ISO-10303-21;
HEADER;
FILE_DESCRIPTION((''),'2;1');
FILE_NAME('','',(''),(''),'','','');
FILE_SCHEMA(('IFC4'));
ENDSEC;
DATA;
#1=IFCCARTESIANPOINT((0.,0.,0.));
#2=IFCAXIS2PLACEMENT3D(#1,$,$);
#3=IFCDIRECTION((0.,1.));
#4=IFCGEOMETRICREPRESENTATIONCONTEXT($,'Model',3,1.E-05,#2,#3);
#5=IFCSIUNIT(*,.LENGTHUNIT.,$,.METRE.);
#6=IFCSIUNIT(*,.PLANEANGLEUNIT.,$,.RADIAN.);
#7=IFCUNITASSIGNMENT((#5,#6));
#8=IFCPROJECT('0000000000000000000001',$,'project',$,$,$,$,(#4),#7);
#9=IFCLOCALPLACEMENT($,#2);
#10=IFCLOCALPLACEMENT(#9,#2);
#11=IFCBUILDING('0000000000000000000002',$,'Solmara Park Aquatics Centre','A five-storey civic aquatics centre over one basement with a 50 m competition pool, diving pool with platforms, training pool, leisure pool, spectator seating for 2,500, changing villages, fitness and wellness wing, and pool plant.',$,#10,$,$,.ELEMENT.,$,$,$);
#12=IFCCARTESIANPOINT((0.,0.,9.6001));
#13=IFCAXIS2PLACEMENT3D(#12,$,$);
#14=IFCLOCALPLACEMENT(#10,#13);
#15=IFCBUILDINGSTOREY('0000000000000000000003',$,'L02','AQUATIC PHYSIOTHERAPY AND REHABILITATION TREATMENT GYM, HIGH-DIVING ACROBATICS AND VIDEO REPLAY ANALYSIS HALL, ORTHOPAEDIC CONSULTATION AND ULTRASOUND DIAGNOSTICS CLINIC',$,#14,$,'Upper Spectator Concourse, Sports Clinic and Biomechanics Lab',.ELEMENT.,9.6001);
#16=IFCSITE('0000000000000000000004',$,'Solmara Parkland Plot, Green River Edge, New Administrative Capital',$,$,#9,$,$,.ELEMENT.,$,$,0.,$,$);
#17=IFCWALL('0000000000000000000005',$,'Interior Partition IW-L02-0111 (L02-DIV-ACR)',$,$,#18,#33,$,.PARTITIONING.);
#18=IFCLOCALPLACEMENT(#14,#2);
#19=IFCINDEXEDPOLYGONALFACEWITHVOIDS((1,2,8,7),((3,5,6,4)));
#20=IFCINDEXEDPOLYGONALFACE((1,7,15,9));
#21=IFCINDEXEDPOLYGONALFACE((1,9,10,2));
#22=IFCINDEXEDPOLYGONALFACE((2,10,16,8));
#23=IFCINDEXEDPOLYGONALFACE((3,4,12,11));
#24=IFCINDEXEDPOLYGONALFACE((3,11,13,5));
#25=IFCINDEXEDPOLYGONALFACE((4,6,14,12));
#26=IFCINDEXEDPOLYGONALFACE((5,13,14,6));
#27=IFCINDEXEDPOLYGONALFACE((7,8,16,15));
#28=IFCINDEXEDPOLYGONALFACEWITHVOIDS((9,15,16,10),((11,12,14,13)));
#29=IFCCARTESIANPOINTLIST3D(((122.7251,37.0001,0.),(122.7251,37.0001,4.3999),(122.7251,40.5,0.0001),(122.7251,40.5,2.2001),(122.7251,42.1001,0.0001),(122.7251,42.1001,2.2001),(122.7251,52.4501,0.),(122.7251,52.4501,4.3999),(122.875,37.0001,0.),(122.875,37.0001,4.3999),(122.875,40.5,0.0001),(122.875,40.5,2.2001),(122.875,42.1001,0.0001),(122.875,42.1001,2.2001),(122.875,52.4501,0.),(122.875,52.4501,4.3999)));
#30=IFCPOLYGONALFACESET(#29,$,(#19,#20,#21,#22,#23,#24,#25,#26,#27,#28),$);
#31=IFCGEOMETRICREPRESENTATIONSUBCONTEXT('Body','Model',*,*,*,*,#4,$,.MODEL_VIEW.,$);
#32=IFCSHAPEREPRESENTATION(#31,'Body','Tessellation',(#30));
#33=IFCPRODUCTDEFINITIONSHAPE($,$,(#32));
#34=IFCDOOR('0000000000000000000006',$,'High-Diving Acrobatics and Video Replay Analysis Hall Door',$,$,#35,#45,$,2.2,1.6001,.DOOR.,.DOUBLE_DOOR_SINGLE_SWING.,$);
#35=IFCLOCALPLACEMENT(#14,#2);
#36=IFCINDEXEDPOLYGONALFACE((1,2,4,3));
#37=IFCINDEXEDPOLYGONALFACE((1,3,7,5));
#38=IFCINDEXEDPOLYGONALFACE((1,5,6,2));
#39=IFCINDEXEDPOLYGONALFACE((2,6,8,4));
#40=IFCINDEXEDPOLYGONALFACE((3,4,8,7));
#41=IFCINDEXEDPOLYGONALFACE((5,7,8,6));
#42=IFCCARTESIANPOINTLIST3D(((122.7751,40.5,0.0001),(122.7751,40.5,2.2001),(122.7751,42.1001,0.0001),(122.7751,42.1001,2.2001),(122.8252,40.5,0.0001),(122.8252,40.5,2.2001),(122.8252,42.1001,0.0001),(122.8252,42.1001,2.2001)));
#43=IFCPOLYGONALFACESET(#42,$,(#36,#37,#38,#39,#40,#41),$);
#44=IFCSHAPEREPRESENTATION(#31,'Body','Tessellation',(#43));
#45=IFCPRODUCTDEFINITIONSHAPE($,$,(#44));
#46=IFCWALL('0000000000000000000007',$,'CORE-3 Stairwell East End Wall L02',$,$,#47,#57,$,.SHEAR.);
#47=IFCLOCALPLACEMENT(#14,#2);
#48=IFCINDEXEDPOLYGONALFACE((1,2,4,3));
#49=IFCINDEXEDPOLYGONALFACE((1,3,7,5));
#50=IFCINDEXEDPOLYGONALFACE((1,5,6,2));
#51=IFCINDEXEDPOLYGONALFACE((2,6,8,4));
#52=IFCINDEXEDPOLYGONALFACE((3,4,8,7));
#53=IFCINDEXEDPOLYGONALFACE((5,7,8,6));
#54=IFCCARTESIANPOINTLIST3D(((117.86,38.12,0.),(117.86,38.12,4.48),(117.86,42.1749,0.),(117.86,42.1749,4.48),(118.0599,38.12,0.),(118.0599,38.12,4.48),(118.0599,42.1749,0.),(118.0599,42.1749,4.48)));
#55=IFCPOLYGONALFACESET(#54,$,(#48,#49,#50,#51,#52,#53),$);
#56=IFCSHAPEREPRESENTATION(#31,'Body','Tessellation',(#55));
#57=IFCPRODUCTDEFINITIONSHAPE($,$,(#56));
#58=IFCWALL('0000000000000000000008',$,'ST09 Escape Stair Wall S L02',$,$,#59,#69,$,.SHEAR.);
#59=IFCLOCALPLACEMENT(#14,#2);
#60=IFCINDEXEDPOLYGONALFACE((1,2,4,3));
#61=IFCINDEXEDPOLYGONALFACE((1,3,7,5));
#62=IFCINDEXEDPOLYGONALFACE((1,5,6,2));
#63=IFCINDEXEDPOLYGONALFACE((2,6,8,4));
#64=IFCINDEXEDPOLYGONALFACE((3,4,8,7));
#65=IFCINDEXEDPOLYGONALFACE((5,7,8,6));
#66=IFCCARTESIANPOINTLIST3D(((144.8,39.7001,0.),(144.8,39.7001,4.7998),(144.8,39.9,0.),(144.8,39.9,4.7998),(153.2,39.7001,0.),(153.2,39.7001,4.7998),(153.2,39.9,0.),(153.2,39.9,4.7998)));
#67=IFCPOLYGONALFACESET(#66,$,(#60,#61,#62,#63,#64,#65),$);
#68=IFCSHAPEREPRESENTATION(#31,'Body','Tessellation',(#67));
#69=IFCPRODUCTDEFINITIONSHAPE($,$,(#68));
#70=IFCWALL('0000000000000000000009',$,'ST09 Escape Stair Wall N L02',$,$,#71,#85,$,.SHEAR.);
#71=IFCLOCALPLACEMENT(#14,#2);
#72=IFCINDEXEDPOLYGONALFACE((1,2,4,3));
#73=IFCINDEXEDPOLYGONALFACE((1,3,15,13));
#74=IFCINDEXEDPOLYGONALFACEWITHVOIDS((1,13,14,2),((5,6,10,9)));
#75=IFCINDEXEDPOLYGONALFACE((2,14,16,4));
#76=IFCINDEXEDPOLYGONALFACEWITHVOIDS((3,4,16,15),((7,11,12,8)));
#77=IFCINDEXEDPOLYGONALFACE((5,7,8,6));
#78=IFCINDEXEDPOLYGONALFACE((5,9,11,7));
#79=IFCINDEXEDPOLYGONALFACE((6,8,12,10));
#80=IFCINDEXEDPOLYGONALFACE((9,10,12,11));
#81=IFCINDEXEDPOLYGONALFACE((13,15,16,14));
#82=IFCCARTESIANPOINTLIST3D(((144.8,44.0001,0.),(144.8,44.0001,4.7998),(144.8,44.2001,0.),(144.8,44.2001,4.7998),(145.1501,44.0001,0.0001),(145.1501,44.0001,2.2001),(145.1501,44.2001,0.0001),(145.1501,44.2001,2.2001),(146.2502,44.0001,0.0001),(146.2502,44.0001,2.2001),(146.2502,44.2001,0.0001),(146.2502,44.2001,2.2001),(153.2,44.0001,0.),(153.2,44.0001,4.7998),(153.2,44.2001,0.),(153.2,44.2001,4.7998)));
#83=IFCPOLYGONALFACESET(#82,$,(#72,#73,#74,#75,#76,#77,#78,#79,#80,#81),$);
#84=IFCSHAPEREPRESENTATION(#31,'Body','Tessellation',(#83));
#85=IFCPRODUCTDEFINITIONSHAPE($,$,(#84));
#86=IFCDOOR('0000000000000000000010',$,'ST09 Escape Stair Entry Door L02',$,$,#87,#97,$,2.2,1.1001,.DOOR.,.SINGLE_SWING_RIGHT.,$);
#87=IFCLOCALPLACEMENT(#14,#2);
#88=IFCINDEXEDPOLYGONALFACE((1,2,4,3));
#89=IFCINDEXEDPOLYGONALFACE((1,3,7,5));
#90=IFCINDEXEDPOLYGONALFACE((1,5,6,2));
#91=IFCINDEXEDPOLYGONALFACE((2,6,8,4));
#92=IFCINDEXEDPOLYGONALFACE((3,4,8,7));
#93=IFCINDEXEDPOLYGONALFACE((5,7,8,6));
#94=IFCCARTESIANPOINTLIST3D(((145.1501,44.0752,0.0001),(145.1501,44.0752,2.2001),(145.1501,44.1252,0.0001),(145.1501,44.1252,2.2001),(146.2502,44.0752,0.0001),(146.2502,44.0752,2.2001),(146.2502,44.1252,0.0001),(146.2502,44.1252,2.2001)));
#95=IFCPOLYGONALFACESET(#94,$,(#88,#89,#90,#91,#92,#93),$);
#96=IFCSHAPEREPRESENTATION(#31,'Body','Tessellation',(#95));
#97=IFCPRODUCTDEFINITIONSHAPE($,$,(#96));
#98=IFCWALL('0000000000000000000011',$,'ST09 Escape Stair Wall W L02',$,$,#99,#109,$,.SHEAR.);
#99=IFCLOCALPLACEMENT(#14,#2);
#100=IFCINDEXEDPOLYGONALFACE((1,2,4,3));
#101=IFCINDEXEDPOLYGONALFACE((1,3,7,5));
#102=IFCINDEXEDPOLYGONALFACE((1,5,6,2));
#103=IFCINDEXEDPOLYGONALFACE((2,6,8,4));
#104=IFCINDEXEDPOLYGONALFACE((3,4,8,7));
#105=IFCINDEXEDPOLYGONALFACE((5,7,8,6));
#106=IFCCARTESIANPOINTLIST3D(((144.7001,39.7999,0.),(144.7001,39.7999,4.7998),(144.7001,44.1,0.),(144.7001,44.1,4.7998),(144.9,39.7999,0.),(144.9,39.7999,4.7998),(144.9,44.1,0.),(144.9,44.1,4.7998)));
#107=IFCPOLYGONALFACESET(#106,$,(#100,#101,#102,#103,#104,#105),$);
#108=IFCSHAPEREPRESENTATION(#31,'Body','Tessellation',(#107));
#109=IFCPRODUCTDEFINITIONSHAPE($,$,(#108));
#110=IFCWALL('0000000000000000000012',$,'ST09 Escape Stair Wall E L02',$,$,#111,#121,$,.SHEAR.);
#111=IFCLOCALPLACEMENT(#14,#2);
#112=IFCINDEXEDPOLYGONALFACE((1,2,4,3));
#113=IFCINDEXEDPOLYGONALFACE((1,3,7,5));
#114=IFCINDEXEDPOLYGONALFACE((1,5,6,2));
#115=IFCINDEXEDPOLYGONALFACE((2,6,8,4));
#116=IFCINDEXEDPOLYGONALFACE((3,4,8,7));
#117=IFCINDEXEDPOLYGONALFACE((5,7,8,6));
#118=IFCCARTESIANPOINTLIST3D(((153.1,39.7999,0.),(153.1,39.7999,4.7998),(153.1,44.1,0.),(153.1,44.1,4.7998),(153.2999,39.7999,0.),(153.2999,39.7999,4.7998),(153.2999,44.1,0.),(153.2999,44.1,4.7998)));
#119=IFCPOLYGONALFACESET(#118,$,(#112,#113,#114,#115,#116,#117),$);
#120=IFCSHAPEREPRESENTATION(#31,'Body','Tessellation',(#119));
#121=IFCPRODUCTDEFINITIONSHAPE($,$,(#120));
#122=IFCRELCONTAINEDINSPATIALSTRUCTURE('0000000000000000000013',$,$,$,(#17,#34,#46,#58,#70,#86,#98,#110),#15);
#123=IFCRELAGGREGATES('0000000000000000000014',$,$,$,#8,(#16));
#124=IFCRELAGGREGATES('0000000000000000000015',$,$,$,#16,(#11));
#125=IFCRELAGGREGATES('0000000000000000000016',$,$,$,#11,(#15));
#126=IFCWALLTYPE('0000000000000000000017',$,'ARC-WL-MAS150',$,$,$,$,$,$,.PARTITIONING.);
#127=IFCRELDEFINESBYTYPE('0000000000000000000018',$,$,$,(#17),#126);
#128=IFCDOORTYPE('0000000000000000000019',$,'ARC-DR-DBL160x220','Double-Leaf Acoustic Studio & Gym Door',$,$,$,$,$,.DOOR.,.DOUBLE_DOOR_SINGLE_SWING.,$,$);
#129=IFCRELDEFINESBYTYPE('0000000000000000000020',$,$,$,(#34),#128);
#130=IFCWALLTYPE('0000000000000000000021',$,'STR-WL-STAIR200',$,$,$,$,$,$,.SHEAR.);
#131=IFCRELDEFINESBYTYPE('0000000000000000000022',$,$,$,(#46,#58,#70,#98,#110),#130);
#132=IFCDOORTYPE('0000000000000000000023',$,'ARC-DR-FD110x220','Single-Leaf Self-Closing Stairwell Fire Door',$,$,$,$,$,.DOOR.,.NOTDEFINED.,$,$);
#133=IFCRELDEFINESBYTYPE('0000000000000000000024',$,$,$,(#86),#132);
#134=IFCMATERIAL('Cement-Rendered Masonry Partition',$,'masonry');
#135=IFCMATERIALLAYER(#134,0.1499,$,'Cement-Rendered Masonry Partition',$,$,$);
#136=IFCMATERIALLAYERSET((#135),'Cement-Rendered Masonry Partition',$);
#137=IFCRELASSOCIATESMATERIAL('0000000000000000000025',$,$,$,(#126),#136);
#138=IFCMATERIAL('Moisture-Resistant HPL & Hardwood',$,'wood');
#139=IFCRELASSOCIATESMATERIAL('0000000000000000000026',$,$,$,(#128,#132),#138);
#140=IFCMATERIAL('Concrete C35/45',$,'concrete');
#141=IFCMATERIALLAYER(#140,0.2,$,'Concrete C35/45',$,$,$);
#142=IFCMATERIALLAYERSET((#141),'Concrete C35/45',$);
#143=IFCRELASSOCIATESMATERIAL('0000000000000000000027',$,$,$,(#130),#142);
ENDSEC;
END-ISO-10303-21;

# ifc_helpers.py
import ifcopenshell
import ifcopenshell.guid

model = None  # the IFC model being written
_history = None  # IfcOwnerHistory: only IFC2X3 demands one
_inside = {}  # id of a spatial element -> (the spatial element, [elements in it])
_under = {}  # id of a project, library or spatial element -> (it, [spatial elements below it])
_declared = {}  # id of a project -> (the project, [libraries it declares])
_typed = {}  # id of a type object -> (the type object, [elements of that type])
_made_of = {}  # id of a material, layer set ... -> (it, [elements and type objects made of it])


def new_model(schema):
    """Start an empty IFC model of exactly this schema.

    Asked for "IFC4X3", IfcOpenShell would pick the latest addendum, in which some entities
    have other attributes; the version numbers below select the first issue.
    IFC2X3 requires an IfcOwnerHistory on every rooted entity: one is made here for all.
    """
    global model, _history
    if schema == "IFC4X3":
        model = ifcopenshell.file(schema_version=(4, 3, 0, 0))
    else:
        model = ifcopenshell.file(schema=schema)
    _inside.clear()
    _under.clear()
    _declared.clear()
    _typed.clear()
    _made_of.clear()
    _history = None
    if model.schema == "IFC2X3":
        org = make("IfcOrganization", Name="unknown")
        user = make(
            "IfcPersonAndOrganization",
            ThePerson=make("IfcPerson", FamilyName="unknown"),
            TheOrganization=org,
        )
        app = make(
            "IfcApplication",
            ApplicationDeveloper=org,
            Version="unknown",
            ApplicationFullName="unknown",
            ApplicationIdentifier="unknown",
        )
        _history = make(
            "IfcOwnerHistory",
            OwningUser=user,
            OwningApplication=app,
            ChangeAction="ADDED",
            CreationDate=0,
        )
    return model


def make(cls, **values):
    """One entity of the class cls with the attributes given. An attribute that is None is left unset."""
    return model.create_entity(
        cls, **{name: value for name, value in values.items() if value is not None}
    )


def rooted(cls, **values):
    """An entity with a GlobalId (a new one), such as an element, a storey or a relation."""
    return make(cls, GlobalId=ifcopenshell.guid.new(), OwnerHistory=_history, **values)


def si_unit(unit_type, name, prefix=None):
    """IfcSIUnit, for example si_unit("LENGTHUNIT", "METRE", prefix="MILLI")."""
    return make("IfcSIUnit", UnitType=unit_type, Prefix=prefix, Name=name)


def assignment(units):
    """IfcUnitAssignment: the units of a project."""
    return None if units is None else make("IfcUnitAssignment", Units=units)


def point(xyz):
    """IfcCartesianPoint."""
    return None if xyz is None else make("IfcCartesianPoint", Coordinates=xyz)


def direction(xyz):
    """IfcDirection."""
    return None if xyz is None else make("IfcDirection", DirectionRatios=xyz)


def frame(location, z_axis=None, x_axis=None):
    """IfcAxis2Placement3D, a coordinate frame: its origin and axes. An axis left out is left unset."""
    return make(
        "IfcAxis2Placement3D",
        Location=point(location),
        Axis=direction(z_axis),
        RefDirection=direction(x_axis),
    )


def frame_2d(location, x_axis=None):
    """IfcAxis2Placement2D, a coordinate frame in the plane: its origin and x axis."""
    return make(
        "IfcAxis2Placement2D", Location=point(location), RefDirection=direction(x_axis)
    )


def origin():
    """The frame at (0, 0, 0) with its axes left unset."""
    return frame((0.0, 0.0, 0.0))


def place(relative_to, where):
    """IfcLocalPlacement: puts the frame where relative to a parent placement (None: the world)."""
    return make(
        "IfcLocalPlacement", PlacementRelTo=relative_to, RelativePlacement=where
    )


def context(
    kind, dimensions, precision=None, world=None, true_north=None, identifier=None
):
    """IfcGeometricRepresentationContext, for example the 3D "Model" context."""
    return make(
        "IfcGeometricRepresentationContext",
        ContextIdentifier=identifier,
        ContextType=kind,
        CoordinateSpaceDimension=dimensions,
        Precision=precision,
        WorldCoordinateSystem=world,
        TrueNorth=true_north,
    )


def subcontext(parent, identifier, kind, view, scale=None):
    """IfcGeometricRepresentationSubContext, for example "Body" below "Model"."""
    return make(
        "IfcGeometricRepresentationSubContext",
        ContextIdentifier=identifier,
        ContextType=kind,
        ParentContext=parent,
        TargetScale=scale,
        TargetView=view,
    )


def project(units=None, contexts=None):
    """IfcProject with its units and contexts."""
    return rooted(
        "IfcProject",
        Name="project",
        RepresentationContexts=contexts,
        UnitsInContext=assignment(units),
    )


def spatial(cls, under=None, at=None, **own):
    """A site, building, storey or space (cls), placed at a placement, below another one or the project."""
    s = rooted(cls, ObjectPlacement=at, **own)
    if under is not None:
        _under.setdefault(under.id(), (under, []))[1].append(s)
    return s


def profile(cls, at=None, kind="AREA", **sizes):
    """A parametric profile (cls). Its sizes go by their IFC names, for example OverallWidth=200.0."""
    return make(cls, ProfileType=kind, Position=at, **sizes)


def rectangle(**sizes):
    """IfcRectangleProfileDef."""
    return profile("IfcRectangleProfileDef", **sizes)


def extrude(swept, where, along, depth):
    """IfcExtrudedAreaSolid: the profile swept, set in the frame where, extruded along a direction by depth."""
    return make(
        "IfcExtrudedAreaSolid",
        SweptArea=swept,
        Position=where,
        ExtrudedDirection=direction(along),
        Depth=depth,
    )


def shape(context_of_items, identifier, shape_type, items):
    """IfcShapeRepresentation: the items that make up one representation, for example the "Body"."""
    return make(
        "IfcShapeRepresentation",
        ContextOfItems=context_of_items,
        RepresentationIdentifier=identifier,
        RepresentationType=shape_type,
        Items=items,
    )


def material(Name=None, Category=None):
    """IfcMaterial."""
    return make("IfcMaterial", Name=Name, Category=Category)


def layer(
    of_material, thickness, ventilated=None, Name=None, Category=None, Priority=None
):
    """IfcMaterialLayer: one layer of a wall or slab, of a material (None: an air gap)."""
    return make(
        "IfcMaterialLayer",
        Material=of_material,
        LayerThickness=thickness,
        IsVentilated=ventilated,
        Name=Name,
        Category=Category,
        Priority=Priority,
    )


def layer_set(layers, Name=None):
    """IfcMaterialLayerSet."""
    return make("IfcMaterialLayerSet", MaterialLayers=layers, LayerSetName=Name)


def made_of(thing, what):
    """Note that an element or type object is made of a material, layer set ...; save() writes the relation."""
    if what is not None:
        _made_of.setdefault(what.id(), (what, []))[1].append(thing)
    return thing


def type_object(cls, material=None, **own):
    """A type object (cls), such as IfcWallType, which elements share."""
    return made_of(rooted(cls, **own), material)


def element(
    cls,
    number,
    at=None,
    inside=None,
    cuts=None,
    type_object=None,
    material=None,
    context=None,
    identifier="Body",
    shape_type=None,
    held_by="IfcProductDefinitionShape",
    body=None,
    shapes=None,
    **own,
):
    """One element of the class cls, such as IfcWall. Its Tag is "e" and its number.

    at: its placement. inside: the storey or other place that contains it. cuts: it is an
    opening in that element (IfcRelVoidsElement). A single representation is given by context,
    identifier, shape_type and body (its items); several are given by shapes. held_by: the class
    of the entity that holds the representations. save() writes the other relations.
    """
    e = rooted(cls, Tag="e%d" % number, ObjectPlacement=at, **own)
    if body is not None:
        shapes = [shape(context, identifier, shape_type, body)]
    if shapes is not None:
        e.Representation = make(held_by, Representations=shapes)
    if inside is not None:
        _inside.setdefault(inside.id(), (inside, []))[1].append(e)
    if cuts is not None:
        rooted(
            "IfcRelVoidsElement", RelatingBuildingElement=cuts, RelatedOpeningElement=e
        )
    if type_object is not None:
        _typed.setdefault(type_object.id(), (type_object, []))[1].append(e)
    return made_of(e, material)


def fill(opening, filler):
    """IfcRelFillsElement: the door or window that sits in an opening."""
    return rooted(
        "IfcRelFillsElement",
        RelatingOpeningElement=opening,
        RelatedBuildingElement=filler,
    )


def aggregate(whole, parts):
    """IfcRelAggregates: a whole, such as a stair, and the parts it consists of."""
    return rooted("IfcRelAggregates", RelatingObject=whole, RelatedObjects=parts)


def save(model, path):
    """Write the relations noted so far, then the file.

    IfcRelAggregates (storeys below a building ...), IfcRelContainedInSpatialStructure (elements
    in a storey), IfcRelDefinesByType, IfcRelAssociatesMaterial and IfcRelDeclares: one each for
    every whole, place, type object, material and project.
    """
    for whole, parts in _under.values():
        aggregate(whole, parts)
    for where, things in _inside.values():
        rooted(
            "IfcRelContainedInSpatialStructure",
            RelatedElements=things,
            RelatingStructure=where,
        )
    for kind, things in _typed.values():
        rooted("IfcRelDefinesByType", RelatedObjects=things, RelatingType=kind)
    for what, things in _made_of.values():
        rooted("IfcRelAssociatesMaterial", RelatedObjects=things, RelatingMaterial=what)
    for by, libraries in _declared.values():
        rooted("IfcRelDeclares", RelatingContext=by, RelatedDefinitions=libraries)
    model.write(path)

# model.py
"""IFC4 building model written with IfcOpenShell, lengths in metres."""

from ifc_helpers import new_model, si_unit, direction, frame, frame_2d, origin, place, context, subcontext, project, spatial, rectangle, extrude, material, layer, layer_set, type_object, element, fill, save


model = new_model("IFC4")

# Units and contexts
model_context = context("Model", 3, precision=1e-05, world=origin(), true_north=direction((0.0, 1.0)))
body_context = subcontext(model_context, "Body", "Model", "MODEL_VIEW")
ifc_project = project(units=[si_unit("LENGTHUNIT", "METRE"), si_unit("PLANEANGLEUNIT", "RADIAN")], contexts=[model_context])

# Site, building, storey
site_placement = place(None, origin())
site = spatial("IfcSite", under=ifc_project, at=site_placement, Name="Solmara Parkland Plot, Green River Edge, New Administrative Capital", CompositionType="ELEMENT", RefElevation=0.0)
building_placement = place(site_placement, origin())
building = spatial("IfcBuilding", under=site, at=building_placement, Name="Solmara Park Aquatics Centre", Description="A five-storey civic aquatics centre over one basement with a 50 m competition pool, diving pool with platforms, training pool, leisure pool, spectator seating for 2,500, changing villages, fitness and wellness wing, and pool plant.", CompositionType="ELEMENT")
storey_placement = place(building_placement, frame((0.0, 0.0, 9.6001)))
storey = spatial("IfcBuildingStorey", under=building, at=storey_placement, Name="L02", Description="AQUATIC PHYSIOTHERAPY AND REHABILITATION TREATMENT GYM, HIGH-DIVING ACROBATICS AND VIDEO REPLAY ANALYSIS HALL, ORTHOPAEDIC CONSULTATION AND ULTRASOUND DIAGNOSTICS CLINIC", LongName="Upper Spectator Concourse, Sports Clinic and Biomechanics Lab", CompositionType="ELEMENT", Elevation=9.6001)

# Wall, opening, door
ifc_material_1 = material(Name="Cement-Rendered Masonry Partition", Category="masonry")
ifc_layer_1 = layer(ifc_material_1, 0.1499, Name="Cement-Rendered Masonry Partition")
ifc_layer_set_1 = layer_set([ifc_layer_1], Name="Cement-Rendered Masonry Partition")
wall_type_1 = type_object("IfcWallType", Name="ARC-WL-MAS150", PredefinedType="PARTITIONING", material=ifc_layer_set_1)
wall_1_placement = place(storey_placement, frame((122.8, 37.0, 0.0), z_axis=(0.0, 0.0, 1.0), x_axis=(0.0, 1.0, 0.0)))
wall_1 = element("IfcWall", 1, at=wall_1_placement, inside=storey, type_object=wall_type_1, Name="Interior Partition IW-L02-0111 (L02-DIV-ACR)", PredefinedType="PARTITIONING", context=body_context, shape_type="SweptSolid", body=[
    extrude(rectangle(XDim=15.45, YDim=0.1499, at=frame_2d((7.7251, 0.0))), origin(), (0.0, 0.0, 1.0), 4.3999),
])
opening_1_placement = place(wall_1_placement, frame((3.5, 0.0, 0.0)))
opening_1 = element("IfcOpeningElement", 2, at=opening_1_placement, cuts=wall_1, PredefinedType="OPENING", context=body_context, shape_type="SweptSolid", body=[
    extrude(rectangle(XDim=1.6001, YDim=2.2, at=frame_2d((0.8, 1.1001))), frame((0.0, 0.085, 0.0), z_axis=(0.0, -1.0, 0.0), x_axis=(1.0, 0.0, 0.0)), (0.0, 0.0, 1.0), 0.1699),
])
ifc_material_2 = material(Name="Moisture-Resistant HPL & Hardwood", Category="wood")
door_type_1 = type_object("IfcDoorType", Name="ARC-DR-DBL160x220", Description="Double-Leaf Acoustic Studio & Gym Door", OperationType="DOUBLE_DOOR_SINGLE_SWING", PredefinedType="DOOR", material=ifc_material_2)
door_1_placement = place(opening_1_placement, origin())
door_1 = element("IfcDoor", 3, at=door_1_placement, inside=storey, type_object=door_type_1, Name="High-Diving Acrobatics and Video Replay Analysis Hall Door", OperationType="DOUBLE_DOOR_SINGLE_SWING", OverallHeight=2.2, OverallWidth=1.6001, PredefinedType="DOOR", context=body_context, shape_type="SweptSolid", body=[
    extrude(rectangle(XDim=1.6001, YDim=2.2, at=frame_2d((0.8, 1.1001))), frame((0.0, 0.0249, 0.0), z_axis=(0.0, -1.0, 0.0), x_axis=(1.0, 0.0, 0.0)), (0.0, 0.0, 1.0), 0.05),
])
fill(opening_1, door_1)

# Walls
ifc_material_3 = material(Name="Concrete C35/45", Category="concrete")
ifc_layer_2 = layer(ifc_material_3, 0.2, Name="Concrete C35/45")
ifc_layer_set_2 = layer_set([ifc_layer_2], Name="Concrete C35/45")
wall_type_2 = type_object("IfcWallType", Name="STR-WL-STAIR200", PredefinedType="SHEAR", material=ifc_layer_set_2)
wall_2_placement = place(storey_placement, frame((117.96, 38.1201, 0.0), z_axis=(0.0, 0.0, 1.0), x_axis=(0.0, 1.0, 0.0)))
element("IfcWall", 4, at=wall_2_placement, inside=storey, type_object=wall_type_2, Name="CORE-3 Stairwell East End Wall L02", PredefinedType="SHEAR", context=body_context, shape_type="SweptSolid", body=[
    extrude(rectangle(XDim=4.0549, YDim=0.2, at=frame_2d((2.0273, 0.0))), origin(), (0.0, 0.0, 1.0), 4.48),
])
wall_3_placement = place(storey_placement, frame((144.8, 39.8, 0.0), z_axis=(0.0, 0.0, 1.0), x_axis=(1.0, 0.0, 0.0)))
element("IfcWall", 5, at=wall_3_placement, inside=storey, type_object=wall_type_2, Name="ST09 Escape Stair Wall S L02", PredefinedType="SHEAR", context=body_context, shape_type="SweptSolid", body=[
    extrude(rectangle(XDim=8.3999, YDim=0.2, at=frame_2d((4.2, 0.0))), origin(), (0.0, 0.0, 1.0), 4.7998),
])

# Wall, opening, door
wall_4_placement = place(storey_placement, frame((144.8, 44.1001, 0.0), z_axis=(0.0, 0.0, 1.0), x_axis=(1.0, 0.0, 0.0)))
wall_4 = element("IfcWall", 6, at=wall_4_placement, inside=storey, type_object=wall_type_2, Name="ST09 Escape Stair Wall N L02", PredefinedType="SHEAR", context=body_context, shape_type="SweptSolid", body=[
    extrude(rectangle(XDim=8.3999, YDim=0.2, at=frame_2d((4.2, 0.0))), origin(), (0.0, 0.0, 1.0), 4.7998),
])
opening_2_placement = place(wall_4_placement, frame((0.3501, 0.0, 0.0)))
opening_2 = element("IfcOpeningElement", 7, at=opening_2_placement, cuts=wall_4, PredefinedType="OPENING", context=body_context, shape_type="SweptSolid", body=[
    extrude(rectangle(XDim=1.1001, YDim=2.2, at=frame_2d((0.55, 1.1001))), frame((0.0, 0.1099, 0.0), z_axis=(0.0, -1.0, 0.0), x_axis=(1.0, 0.0, 0.0)), (0.0, 0.0, 1.0), 0.22),
])
door_type_2 = type_object("IfcDoorType", Name="ARC-DR-FD110x220", Description="Single-Leaf Self-Closing Stairwell Fire Door", OperationType="NOTDEFINED", PredefinedType="DOOR", material=ifc_material_2)
door_2_placement = place(opening_2_placement, frame((1.1001, 0.0, 0.0), z_axis=(0.0, 0.0, 1.0), x_axis=(-1.0, 0.0, 0.0)))
door_2 = element("IfcDoor", 8, at=door_2_placement, inside=storey, type_object=door_type_2, Name="ST09 Escape Stair Entry Door L02", OperationType="SINGLE_SWING_RIGHT", OverallHeight=2.2, OverallWidth=1.1001, PredefinedType="DOOR", context=body_context, shape_type="SweptSolid", body=[
    extrude(rectangle(XDim=1.1001, YDim=2.2, at=frame_2d((0.55, 1.1001))), frame((0.0, 0.0249, 0.0), z_axis=(0.0, -1.0, 0.0), x_axis=(1.0, 0.0, 0.0)), (0.0, 0.0, 1.0), 0.05),
])
fill(opening_2, door_2)

# Walls
for number, where, z_axis, x_axis, name in (
    (9, (144.8, 39.8, 0.0), (0.0, 0.0, 1.0), (0.0, 1.0, 0.0), "ST09 Escape Stair Wall W L02"),
    (10, (153.2, 39.8, 0.0), (0.0, 0.0, 1.0), (0.0, 1.0, 0.0), "ST09 Escape Stair Wall E L02"),
):
    element("IfcWall", number, at=place(storey_placement, frame(where, z_axis=z_axis, x_axis=x_axis)), inside=storey, type_object=wall_type_2, Name=name, PredefinedType="SHEAR", context=body_context, shape_type="SweptSolid", body=[
        extrude(rectangle(XDim=4.3, YDim=0.2, at=frame_2d((2.1499, 0.0))), origin(), (0.0, 0.0, 1.0), 4.7998),
    ])

save(model, "model.ifc")
